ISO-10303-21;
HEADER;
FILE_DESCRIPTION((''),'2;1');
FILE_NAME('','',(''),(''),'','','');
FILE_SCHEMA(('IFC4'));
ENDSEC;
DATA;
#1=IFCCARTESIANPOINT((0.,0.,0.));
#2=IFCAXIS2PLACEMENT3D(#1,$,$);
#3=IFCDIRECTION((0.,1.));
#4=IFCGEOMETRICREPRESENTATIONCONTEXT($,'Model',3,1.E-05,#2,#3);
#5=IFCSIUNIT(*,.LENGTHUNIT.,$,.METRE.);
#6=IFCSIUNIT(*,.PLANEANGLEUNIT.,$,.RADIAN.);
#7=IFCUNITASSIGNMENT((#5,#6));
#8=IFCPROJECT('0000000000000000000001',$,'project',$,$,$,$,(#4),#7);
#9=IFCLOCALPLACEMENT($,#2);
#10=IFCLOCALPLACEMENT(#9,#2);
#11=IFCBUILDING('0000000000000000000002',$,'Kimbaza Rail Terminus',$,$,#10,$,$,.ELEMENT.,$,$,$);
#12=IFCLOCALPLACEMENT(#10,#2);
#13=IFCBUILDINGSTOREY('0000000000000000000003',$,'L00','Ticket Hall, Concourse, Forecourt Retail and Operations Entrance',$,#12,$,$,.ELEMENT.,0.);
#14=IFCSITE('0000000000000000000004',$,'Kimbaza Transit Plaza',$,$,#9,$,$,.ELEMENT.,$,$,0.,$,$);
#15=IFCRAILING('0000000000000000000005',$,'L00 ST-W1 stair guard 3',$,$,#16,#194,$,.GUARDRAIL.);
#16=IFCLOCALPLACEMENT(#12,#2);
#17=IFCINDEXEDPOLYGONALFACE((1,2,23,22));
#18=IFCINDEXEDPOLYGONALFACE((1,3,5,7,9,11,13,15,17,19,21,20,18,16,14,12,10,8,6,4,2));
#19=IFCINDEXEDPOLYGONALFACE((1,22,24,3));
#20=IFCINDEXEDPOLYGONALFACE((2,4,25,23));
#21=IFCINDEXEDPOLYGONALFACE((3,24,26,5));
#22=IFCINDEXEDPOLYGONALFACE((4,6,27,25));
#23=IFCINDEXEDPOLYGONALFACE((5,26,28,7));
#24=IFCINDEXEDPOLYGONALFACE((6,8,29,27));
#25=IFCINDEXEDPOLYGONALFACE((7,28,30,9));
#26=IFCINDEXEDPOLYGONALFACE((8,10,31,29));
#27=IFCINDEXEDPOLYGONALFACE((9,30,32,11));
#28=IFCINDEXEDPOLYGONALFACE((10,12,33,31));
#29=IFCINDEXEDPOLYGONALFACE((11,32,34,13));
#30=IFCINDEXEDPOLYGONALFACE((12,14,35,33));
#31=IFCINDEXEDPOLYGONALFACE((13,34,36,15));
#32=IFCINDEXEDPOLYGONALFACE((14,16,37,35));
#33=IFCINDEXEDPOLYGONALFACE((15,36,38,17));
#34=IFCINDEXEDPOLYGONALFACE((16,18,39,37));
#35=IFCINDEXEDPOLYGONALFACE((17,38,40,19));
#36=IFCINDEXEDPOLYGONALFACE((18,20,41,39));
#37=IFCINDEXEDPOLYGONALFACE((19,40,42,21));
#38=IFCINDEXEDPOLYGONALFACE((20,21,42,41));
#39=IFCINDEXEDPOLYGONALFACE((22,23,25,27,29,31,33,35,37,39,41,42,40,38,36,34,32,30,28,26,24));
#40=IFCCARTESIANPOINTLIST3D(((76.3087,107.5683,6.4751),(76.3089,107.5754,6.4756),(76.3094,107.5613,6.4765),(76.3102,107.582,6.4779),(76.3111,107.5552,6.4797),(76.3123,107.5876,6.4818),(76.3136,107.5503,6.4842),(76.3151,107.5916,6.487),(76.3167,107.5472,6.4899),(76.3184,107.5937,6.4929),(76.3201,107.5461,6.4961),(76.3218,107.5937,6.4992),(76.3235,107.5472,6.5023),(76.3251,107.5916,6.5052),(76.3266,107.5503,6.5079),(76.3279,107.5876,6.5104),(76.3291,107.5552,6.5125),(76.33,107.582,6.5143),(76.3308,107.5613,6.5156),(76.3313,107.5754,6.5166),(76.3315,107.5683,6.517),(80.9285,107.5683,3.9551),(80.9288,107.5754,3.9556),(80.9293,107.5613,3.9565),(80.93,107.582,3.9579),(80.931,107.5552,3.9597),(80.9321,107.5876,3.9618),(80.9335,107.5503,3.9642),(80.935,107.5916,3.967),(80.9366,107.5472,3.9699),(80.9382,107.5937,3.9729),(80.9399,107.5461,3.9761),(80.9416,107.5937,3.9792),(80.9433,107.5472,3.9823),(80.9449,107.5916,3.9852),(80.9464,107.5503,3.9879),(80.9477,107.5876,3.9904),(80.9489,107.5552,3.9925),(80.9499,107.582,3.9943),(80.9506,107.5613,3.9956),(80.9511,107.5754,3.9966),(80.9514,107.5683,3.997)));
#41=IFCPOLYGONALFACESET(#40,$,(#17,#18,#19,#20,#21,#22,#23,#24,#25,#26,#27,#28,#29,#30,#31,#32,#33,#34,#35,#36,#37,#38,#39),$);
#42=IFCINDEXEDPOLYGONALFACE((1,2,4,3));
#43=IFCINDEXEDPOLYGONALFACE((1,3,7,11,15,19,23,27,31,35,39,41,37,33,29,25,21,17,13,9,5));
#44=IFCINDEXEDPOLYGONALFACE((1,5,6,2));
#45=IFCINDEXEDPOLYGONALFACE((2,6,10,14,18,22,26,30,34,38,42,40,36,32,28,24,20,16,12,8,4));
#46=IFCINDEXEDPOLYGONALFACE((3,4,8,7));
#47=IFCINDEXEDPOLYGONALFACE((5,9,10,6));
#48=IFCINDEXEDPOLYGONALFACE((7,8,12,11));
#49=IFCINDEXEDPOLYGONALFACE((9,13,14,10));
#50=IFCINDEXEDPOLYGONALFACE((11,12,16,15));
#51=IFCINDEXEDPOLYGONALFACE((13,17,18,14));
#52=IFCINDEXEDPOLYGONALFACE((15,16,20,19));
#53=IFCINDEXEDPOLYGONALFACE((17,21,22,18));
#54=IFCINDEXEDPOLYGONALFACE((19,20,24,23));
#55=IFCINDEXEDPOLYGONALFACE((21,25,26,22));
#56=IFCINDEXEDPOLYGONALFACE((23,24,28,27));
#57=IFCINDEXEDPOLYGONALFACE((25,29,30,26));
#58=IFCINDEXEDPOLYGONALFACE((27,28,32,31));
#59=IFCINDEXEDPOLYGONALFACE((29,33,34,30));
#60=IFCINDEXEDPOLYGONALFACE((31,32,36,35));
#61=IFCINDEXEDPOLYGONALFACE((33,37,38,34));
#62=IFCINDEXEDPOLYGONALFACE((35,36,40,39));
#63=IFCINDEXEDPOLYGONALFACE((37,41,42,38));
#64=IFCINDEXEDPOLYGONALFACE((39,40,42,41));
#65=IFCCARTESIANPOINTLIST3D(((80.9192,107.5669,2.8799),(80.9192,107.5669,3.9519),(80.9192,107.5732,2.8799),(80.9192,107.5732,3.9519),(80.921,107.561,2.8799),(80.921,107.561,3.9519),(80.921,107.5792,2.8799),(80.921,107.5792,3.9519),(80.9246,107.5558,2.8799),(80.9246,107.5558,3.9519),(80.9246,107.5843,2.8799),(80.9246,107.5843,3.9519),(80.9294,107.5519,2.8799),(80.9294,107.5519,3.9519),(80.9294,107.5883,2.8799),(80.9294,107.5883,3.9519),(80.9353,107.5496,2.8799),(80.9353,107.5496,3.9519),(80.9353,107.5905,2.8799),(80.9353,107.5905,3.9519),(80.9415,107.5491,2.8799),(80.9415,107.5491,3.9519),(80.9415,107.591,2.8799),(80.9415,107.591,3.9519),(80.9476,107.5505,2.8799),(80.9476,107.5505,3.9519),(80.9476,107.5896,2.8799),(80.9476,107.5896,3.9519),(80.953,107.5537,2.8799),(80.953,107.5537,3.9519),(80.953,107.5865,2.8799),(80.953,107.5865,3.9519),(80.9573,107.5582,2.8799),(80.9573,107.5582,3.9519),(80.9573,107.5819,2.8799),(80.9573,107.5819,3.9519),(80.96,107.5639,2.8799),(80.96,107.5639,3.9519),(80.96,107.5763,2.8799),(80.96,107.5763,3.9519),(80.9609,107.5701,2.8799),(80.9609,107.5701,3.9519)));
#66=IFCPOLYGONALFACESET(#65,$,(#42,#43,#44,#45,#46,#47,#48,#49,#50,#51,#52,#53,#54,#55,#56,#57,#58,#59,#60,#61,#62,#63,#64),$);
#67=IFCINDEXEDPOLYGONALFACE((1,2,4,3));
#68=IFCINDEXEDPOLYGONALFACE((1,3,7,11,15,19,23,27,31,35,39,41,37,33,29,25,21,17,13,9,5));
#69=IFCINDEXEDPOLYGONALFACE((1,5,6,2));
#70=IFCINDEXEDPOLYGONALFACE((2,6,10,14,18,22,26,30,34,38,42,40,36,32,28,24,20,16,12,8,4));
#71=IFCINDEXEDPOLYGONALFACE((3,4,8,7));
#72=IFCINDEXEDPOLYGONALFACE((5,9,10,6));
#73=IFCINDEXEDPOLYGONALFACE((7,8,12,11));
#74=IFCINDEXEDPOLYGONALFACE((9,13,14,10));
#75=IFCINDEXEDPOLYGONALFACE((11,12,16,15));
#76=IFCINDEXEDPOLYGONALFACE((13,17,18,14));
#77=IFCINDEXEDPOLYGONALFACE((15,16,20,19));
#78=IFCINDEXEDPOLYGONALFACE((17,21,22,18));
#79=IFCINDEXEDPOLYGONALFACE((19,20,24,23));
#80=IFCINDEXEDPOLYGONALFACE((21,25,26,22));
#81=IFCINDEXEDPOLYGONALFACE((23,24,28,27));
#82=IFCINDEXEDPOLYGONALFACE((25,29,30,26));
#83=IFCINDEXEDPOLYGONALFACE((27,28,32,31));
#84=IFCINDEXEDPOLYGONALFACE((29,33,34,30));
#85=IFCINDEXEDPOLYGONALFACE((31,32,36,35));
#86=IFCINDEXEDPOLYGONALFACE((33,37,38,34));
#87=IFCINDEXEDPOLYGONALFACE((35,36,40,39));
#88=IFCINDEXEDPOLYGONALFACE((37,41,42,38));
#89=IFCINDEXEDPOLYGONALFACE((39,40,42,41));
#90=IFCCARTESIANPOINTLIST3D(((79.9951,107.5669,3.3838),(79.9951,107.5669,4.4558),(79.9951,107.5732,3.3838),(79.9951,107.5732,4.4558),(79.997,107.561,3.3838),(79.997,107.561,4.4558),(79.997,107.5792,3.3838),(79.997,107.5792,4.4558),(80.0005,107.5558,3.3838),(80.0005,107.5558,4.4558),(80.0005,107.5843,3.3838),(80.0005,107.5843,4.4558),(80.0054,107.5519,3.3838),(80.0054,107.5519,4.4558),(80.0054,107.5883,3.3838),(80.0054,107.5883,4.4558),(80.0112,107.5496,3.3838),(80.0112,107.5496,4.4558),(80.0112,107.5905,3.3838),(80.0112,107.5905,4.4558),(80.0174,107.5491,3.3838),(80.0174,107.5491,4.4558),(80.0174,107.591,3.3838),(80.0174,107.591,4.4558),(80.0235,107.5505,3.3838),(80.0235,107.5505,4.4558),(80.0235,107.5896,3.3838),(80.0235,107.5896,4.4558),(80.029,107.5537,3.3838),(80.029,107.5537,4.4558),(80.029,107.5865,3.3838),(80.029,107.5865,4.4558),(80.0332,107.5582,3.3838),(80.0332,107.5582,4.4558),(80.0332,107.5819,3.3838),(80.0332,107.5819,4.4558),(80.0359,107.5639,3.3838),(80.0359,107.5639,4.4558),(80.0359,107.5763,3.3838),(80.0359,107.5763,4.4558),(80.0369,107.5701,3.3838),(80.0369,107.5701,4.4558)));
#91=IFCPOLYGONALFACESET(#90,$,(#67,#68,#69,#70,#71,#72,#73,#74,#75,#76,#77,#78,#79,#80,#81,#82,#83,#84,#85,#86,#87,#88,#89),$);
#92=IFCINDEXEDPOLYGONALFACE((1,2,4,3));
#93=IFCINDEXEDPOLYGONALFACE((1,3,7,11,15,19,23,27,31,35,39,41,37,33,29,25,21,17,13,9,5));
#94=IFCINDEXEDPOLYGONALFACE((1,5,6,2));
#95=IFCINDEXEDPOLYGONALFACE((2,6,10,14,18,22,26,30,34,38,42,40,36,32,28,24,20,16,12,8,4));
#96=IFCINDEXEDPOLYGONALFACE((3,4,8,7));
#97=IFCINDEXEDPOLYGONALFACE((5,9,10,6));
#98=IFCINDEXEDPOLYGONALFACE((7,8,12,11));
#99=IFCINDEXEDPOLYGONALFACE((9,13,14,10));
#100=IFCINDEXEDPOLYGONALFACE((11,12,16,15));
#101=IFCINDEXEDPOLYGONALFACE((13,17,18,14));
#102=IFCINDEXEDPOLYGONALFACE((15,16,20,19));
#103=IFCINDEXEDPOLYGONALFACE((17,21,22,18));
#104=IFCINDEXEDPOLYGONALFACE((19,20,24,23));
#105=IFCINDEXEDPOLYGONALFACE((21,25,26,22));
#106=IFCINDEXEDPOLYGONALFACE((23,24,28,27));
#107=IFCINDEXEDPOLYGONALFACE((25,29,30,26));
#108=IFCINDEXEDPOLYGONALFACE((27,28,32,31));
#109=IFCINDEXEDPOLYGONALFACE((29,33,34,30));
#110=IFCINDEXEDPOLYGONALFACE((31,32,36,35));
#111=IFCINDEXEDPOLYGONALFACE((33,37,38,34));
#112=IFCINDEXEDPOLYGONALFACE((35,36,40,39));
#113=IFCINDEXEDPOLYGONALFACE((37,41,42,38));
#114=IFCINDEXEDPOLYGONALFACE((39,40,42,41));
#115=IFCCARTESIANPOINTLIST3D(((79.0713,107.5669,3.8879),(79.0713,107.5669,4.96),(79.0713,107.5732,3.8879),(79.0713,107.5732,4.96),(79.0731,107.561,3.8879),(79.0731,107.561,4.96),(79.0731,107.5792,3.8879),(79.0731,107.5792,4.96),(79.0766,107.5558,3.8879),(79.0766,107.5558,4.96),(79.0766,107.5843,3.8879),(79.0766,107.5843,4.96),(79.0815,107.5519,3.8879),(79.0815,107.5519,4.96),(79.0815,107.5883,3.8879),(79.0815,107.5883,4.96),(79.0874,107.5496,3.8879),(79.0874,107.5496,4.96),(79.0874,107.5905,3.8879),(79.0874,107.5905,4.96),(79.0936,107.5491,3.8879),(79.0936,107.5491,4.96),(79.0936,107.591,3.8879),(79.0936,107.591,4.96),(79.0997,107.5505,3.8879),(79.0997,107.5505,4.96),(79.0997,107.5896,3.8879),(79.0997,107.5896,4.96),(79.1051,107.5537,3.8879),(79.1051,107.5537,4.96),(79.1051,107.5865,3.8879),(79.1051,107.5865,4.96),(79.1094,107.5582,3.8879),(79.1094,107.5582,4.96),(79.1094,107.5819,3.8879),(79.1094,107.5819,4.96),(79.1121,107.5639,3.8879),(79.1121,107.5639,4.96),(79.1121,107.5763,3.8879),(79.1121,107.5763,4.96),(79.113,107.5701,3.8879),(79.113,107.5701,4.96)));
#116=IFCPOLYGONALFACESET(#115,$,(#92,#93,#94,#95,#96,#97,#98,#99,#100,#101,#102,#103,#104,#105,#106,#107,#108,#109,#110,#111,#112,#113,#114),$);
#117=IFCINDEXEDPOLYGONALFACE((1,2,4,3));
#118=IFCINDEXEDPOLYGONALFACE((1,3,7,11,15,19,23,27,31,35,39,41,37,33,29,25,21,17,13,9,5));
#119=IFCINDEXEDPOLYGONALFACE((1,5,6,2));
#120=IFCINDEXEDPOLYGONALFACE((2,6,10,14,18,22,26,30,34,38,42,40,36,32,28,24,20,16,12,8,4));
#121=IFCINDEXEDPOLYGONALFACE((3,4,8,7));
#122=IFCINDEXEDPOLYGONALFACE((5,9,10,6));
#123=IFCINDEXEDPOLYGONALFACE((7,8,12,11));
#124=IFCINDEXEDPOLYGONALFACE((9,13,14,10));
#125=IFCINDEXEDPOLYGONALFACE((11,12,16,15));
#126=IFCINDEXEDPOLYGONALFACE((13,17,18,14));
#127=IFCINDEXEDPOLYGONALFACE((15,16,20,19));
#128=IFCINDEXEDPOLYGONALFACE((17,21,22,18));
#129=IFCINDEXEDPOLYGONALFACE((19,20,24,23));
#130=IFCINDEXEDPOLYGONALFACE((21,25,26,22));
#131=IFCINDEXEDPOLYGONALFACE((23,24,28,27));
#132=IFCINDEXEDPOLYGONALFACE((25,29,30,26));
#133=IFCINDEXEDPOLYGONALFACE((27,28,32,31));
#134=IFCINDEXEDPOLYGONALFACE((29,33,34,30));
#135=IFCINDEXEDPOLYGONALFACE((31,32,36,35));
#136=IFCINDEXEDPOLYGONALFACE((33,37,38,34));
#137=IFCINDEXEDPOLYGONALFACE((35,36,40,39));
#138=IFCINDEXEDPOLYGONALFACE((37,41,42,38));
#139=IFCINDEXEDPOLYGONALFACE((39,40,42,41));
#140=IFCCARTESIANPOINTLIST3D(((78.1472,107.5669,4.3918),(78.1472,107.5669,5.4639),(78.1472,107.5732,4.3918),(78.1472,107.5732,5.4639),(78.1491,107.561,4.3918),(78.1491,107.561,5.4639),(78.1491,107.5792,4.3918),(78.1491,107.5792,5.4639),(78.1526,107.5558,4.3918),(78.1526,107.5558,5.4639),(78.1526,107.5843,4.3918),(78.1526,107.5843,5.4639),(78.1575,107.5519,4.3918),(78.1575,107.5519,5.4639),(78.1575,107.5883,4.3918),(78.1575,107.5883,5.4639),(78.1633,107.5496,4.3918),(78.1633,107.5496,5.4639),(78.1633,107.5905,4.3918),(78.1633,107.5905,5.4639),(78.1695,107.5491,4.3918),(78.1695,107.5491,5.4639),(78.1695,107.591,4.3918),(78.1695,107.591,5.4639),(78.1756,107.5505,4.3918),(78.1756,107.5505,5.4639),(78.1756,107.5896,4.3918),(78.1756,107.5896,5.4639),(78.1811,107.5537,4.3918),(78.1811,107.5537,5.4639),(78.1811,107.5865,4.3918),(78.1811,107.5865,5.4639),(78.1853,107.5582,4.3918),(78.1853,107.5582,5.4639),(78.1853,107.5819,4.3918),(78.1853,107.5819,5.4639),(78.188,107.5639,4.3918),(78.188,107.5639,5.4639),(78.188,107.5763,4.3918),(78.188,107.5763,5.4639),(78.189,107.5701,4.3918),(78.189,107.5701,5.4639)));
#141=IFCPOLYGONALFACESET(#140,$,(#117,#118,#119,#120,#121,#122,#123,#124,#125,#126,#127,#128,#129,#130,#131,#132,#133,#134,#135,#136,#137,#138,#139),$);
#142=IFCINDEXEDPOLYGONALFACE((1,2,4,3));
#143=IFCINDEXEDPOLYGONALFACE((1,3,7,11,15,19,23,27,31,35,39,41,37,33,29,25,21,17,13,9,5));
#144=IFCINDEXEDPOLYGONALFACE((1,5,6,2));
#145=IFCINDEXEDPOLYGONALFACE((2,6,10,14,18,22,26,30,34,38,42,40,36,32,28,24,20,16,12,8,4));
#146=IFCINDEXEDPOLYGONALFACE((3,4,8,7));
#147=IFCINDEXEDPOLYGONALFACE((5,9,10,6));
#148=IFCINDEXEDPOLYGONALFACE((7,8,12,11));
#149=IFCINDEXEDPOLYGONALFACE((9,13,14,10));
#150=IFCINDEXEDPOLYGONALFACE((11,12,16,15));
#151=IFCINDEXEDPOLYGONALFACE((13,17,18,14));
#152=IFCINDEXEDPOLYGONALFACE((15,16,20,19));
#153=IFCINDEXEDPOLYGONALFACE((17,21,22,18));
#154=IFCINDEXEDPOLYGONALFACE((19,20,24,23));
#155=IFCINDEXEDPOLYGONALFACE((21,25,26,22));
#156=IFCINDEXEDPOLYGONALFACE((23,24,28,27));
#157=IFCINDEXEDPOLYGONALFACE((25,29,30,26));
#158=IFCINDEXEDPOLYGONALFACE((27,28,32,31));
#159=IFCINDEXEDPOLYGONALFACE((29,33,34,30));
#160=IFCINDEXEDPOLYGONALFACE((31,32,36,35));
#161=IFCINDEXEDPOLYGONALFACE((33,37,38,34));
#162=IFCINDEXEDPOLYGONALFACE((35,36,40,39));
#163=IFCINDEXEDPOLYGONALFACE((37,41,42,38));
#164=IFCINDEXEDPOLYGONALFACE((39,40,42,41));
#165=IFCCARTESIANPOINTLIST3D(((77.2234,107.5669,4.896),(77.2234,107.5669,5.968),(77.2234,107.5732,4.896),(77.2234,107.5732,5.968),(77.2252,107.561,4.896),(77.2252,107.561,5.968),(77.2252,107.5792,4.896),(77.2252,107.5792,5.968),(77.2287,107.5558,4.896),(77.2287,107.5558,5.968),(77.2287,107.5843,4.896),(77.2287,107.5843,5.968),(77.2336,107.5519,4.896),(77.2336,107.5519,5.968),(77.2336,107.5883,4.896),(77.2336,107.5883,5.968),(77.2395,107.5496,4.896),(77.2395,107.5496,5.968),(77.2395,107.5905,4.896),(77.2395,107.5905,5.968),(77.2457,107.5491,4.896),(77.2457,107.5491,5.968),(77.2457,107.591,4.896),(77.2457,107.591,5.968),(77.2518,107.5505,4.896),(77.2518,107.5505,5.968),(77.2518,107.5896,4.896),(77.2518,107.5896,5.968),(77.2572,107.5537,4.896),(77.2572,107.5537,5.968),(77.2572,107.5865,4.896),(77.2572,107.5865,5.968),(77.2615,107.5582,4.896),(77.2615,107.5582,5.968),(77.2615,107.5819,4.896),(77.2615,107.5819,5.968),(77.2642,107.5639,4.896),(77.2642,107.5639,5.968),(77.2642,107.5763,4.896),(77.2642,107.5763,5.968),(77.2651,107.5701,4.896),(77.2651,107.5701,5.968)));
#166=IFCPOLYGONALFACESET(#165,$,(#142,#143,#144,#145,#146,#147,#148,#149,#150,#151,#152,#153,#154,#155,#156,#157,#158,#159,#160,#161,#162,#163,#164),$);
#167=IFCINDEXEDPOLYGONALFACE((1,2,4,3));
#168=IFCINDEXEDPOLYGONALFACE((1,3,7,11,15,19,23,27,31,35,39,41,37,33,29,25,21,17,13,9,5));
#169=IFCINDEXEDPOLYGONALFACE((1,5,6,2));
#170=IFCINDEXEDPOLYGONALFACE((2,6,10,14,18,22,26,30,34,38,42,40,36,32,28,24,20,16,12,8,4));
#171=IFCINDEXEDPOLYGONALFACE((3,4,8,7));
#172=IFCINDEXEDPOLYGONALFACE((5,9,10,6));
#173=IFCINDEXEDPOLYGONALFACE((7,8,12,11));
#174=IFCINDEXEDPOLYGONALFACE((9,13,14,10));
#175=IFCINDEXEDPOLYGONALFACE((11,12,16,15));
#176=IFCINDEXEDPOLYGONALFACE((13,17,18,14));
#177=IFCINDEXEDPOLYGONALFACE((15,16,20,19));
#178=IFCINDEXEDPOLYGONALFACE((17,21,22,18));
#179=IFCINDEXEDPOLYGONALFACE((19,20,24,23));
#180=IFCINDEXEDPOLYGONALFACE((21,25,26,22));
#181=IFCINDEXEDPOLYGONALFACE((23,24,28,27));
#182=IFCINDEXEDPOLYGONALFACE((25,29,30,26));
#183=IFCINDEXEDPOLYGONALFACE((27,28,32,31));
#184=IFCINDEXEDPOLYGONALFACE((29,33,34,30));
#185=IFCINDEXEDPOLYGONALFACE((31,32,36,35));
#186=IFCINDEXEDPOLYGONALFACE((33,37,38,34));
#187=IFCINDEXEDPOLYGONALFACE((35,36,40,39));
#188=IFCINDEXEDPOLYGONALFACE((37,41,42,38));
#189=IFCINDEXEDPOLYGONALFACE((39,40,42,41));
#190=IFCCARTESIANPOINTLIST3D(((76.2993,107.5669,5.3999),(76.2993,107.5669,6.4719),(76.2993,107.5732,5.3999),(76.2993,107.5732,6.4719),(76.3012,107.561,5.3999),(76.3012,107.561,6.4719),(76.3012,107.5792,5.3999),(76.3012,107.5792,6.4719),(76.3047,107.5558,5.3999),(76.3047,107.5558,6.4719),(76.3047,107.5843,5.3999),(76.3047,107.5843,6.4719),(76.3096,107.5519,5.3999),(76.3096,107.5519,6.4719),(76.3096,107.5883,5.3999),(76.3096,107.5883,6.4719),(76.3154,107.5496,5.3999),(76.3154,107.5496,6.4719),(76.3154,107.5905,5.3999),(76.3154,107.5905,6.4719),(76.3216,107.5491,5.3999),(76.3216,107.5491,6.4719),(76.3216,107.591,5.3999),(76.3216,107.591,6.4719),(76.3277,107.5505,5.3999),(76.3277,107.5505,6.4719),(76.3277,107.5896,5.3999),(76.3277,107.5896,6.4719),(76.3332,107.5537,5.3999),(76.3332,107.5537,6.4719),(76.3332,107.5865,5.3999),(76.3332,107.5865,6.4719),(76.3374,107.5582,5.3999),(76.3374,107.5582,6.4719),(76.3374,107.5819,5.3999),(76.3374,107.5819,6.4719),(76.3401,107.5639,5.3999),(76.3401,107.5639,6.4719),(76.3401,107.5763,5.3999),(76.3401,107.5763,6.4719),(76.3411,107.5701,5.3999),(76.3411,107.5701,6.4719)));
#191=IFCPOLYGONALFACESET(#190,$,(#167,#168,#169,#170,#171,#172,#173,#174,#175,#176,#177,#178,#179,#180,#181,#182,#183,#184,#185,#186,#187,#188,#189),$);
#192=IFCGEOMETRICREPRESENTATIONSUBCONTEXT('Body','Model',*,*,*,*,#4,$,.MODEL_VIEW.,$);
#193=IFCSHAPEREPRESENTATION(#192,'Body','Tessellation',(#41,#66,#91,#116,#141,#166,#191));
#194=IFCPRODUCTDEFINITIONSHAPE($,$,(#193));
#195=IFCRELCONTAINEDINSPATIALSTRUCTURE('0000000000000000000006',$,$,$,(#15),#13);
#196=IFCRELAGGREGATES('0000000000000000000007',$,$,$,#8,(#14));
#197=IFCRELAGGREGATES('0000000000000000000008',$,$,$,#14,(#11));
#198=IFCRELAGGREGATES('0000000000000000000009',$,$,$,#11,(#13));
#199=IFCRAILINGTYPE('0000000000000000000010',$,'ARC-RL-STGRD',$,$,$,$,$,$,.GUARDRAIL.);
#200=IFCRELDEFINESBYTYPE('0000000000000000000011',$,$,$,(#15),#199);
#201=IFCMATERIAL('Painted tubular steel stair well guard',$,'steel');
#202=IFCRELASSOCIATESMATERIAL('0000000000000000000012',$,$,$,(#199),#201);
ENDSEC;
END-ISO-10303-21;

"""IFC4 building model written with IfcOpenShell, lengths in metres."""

from ifc_helpers import new_model, si_unit, direction, frame, origin, origin_2d, place, context, subcontext, project, spatial, circle, extrude, material, type_object, element, save


model = new_model("IFC4")

# Units and contexts
model_context = context("Model", 3, precision=1e-05, world=origin(), true_north=direction((0.0, 1.0)))
body_context = subcontext(model_context, "Body", "Model", "MODEL_VIEW")
ifc_project = project(units=[si_unit("LENGTHUNIT", "METRE"), si_unit("PLANEANGLEUNIT", "RADIAN")], contexts=[model_context])

# Site, building, storey
site_placement = place(None, origin())
site = spatial("IfcSite", under=ifc_project, at=site_placement, Name="Kimbaza Transit Plaza", CompositionType="ELEMENT", RefElevation=0.0)
building_placement = place(site_placement, origin())
building = spatial("IfcBuilding", under=site, at=building_placement, Name="Kimbaza Rail Terminus", CompositionType="ELEMENT")
storey_placement = place(building_placement, origin())
storey = spatial("IfcBuildingStorey", under=building, at=storey_placement, Name="L00", Description="Ticket Hall, Concourse, Forecourt Retail and Operations Entrance", CompositionType="ELEMENT", Elevation=0.0)

# Railing
ifc_material_1 = material(Name="Painted tubular steel stair well guard", Category="steel")
railing_type_1 = type_object("IfcRailingType", Name="ARC-RL-STGRD", PredefinedType="GUARDRAIL", material=ifc_material_1)
railing_1_placement = place(storey_placement, frame((80.9399, 107.5701, 2.8799)))
element("IfcRailing", 1, at=railing_1_placement, inside=storey, type_object=railing_type_1, Name="L00 ST-W1 stair guard 3", PredefinedType="GUARDRAIL", context=body_context, shape_type="SweptSolid", body=[
    extrude(circle(Radius=0.0239, at=origin_2d()), frame((0.0, 0.0, 1.0962), z_axis=(-0.877888, 0.0, 0.478865), x_axis=(0.0, -1.0, 0.0)), (0.0, 0.0, 1.0), 5.2625),
    extrude(circle(Radius=0.021, at=origin_2d()), origin(), (0.0, 0.0, 1.0), 1.072),
    extrude(circle(Radius=0.021, at=origin_2d()), frame((-0.9241, 0.0, 0.5039)), (0.0, 0.0, 1.0), 1.072),
    extrude(circle(Radius=0.021, at=origin_2d()), frame((-1.8479, 0.0, 1.0081)), (0.0, 0.0, 1.0), 1.072),
    extrude(circle(Radius=0.021, at=origin_2d()), frame((-2.772, 0.0, 1.512)), (0.0, 0.0, 1.0), 1.072),
    extrude(circle(Radius=0.021, at=origin_2d()), frame((-3.6958, 0.0, 2.0161)), (0.0, 0.0, 1.0), 1.072),
    extrude(circle(Radius=0.021, at=origin_2d()), frame((-4.6199, 0.0, 2.52)), (0.0, 0.0, 1.0), 1.072),
])

save(model, "model.ifc")
